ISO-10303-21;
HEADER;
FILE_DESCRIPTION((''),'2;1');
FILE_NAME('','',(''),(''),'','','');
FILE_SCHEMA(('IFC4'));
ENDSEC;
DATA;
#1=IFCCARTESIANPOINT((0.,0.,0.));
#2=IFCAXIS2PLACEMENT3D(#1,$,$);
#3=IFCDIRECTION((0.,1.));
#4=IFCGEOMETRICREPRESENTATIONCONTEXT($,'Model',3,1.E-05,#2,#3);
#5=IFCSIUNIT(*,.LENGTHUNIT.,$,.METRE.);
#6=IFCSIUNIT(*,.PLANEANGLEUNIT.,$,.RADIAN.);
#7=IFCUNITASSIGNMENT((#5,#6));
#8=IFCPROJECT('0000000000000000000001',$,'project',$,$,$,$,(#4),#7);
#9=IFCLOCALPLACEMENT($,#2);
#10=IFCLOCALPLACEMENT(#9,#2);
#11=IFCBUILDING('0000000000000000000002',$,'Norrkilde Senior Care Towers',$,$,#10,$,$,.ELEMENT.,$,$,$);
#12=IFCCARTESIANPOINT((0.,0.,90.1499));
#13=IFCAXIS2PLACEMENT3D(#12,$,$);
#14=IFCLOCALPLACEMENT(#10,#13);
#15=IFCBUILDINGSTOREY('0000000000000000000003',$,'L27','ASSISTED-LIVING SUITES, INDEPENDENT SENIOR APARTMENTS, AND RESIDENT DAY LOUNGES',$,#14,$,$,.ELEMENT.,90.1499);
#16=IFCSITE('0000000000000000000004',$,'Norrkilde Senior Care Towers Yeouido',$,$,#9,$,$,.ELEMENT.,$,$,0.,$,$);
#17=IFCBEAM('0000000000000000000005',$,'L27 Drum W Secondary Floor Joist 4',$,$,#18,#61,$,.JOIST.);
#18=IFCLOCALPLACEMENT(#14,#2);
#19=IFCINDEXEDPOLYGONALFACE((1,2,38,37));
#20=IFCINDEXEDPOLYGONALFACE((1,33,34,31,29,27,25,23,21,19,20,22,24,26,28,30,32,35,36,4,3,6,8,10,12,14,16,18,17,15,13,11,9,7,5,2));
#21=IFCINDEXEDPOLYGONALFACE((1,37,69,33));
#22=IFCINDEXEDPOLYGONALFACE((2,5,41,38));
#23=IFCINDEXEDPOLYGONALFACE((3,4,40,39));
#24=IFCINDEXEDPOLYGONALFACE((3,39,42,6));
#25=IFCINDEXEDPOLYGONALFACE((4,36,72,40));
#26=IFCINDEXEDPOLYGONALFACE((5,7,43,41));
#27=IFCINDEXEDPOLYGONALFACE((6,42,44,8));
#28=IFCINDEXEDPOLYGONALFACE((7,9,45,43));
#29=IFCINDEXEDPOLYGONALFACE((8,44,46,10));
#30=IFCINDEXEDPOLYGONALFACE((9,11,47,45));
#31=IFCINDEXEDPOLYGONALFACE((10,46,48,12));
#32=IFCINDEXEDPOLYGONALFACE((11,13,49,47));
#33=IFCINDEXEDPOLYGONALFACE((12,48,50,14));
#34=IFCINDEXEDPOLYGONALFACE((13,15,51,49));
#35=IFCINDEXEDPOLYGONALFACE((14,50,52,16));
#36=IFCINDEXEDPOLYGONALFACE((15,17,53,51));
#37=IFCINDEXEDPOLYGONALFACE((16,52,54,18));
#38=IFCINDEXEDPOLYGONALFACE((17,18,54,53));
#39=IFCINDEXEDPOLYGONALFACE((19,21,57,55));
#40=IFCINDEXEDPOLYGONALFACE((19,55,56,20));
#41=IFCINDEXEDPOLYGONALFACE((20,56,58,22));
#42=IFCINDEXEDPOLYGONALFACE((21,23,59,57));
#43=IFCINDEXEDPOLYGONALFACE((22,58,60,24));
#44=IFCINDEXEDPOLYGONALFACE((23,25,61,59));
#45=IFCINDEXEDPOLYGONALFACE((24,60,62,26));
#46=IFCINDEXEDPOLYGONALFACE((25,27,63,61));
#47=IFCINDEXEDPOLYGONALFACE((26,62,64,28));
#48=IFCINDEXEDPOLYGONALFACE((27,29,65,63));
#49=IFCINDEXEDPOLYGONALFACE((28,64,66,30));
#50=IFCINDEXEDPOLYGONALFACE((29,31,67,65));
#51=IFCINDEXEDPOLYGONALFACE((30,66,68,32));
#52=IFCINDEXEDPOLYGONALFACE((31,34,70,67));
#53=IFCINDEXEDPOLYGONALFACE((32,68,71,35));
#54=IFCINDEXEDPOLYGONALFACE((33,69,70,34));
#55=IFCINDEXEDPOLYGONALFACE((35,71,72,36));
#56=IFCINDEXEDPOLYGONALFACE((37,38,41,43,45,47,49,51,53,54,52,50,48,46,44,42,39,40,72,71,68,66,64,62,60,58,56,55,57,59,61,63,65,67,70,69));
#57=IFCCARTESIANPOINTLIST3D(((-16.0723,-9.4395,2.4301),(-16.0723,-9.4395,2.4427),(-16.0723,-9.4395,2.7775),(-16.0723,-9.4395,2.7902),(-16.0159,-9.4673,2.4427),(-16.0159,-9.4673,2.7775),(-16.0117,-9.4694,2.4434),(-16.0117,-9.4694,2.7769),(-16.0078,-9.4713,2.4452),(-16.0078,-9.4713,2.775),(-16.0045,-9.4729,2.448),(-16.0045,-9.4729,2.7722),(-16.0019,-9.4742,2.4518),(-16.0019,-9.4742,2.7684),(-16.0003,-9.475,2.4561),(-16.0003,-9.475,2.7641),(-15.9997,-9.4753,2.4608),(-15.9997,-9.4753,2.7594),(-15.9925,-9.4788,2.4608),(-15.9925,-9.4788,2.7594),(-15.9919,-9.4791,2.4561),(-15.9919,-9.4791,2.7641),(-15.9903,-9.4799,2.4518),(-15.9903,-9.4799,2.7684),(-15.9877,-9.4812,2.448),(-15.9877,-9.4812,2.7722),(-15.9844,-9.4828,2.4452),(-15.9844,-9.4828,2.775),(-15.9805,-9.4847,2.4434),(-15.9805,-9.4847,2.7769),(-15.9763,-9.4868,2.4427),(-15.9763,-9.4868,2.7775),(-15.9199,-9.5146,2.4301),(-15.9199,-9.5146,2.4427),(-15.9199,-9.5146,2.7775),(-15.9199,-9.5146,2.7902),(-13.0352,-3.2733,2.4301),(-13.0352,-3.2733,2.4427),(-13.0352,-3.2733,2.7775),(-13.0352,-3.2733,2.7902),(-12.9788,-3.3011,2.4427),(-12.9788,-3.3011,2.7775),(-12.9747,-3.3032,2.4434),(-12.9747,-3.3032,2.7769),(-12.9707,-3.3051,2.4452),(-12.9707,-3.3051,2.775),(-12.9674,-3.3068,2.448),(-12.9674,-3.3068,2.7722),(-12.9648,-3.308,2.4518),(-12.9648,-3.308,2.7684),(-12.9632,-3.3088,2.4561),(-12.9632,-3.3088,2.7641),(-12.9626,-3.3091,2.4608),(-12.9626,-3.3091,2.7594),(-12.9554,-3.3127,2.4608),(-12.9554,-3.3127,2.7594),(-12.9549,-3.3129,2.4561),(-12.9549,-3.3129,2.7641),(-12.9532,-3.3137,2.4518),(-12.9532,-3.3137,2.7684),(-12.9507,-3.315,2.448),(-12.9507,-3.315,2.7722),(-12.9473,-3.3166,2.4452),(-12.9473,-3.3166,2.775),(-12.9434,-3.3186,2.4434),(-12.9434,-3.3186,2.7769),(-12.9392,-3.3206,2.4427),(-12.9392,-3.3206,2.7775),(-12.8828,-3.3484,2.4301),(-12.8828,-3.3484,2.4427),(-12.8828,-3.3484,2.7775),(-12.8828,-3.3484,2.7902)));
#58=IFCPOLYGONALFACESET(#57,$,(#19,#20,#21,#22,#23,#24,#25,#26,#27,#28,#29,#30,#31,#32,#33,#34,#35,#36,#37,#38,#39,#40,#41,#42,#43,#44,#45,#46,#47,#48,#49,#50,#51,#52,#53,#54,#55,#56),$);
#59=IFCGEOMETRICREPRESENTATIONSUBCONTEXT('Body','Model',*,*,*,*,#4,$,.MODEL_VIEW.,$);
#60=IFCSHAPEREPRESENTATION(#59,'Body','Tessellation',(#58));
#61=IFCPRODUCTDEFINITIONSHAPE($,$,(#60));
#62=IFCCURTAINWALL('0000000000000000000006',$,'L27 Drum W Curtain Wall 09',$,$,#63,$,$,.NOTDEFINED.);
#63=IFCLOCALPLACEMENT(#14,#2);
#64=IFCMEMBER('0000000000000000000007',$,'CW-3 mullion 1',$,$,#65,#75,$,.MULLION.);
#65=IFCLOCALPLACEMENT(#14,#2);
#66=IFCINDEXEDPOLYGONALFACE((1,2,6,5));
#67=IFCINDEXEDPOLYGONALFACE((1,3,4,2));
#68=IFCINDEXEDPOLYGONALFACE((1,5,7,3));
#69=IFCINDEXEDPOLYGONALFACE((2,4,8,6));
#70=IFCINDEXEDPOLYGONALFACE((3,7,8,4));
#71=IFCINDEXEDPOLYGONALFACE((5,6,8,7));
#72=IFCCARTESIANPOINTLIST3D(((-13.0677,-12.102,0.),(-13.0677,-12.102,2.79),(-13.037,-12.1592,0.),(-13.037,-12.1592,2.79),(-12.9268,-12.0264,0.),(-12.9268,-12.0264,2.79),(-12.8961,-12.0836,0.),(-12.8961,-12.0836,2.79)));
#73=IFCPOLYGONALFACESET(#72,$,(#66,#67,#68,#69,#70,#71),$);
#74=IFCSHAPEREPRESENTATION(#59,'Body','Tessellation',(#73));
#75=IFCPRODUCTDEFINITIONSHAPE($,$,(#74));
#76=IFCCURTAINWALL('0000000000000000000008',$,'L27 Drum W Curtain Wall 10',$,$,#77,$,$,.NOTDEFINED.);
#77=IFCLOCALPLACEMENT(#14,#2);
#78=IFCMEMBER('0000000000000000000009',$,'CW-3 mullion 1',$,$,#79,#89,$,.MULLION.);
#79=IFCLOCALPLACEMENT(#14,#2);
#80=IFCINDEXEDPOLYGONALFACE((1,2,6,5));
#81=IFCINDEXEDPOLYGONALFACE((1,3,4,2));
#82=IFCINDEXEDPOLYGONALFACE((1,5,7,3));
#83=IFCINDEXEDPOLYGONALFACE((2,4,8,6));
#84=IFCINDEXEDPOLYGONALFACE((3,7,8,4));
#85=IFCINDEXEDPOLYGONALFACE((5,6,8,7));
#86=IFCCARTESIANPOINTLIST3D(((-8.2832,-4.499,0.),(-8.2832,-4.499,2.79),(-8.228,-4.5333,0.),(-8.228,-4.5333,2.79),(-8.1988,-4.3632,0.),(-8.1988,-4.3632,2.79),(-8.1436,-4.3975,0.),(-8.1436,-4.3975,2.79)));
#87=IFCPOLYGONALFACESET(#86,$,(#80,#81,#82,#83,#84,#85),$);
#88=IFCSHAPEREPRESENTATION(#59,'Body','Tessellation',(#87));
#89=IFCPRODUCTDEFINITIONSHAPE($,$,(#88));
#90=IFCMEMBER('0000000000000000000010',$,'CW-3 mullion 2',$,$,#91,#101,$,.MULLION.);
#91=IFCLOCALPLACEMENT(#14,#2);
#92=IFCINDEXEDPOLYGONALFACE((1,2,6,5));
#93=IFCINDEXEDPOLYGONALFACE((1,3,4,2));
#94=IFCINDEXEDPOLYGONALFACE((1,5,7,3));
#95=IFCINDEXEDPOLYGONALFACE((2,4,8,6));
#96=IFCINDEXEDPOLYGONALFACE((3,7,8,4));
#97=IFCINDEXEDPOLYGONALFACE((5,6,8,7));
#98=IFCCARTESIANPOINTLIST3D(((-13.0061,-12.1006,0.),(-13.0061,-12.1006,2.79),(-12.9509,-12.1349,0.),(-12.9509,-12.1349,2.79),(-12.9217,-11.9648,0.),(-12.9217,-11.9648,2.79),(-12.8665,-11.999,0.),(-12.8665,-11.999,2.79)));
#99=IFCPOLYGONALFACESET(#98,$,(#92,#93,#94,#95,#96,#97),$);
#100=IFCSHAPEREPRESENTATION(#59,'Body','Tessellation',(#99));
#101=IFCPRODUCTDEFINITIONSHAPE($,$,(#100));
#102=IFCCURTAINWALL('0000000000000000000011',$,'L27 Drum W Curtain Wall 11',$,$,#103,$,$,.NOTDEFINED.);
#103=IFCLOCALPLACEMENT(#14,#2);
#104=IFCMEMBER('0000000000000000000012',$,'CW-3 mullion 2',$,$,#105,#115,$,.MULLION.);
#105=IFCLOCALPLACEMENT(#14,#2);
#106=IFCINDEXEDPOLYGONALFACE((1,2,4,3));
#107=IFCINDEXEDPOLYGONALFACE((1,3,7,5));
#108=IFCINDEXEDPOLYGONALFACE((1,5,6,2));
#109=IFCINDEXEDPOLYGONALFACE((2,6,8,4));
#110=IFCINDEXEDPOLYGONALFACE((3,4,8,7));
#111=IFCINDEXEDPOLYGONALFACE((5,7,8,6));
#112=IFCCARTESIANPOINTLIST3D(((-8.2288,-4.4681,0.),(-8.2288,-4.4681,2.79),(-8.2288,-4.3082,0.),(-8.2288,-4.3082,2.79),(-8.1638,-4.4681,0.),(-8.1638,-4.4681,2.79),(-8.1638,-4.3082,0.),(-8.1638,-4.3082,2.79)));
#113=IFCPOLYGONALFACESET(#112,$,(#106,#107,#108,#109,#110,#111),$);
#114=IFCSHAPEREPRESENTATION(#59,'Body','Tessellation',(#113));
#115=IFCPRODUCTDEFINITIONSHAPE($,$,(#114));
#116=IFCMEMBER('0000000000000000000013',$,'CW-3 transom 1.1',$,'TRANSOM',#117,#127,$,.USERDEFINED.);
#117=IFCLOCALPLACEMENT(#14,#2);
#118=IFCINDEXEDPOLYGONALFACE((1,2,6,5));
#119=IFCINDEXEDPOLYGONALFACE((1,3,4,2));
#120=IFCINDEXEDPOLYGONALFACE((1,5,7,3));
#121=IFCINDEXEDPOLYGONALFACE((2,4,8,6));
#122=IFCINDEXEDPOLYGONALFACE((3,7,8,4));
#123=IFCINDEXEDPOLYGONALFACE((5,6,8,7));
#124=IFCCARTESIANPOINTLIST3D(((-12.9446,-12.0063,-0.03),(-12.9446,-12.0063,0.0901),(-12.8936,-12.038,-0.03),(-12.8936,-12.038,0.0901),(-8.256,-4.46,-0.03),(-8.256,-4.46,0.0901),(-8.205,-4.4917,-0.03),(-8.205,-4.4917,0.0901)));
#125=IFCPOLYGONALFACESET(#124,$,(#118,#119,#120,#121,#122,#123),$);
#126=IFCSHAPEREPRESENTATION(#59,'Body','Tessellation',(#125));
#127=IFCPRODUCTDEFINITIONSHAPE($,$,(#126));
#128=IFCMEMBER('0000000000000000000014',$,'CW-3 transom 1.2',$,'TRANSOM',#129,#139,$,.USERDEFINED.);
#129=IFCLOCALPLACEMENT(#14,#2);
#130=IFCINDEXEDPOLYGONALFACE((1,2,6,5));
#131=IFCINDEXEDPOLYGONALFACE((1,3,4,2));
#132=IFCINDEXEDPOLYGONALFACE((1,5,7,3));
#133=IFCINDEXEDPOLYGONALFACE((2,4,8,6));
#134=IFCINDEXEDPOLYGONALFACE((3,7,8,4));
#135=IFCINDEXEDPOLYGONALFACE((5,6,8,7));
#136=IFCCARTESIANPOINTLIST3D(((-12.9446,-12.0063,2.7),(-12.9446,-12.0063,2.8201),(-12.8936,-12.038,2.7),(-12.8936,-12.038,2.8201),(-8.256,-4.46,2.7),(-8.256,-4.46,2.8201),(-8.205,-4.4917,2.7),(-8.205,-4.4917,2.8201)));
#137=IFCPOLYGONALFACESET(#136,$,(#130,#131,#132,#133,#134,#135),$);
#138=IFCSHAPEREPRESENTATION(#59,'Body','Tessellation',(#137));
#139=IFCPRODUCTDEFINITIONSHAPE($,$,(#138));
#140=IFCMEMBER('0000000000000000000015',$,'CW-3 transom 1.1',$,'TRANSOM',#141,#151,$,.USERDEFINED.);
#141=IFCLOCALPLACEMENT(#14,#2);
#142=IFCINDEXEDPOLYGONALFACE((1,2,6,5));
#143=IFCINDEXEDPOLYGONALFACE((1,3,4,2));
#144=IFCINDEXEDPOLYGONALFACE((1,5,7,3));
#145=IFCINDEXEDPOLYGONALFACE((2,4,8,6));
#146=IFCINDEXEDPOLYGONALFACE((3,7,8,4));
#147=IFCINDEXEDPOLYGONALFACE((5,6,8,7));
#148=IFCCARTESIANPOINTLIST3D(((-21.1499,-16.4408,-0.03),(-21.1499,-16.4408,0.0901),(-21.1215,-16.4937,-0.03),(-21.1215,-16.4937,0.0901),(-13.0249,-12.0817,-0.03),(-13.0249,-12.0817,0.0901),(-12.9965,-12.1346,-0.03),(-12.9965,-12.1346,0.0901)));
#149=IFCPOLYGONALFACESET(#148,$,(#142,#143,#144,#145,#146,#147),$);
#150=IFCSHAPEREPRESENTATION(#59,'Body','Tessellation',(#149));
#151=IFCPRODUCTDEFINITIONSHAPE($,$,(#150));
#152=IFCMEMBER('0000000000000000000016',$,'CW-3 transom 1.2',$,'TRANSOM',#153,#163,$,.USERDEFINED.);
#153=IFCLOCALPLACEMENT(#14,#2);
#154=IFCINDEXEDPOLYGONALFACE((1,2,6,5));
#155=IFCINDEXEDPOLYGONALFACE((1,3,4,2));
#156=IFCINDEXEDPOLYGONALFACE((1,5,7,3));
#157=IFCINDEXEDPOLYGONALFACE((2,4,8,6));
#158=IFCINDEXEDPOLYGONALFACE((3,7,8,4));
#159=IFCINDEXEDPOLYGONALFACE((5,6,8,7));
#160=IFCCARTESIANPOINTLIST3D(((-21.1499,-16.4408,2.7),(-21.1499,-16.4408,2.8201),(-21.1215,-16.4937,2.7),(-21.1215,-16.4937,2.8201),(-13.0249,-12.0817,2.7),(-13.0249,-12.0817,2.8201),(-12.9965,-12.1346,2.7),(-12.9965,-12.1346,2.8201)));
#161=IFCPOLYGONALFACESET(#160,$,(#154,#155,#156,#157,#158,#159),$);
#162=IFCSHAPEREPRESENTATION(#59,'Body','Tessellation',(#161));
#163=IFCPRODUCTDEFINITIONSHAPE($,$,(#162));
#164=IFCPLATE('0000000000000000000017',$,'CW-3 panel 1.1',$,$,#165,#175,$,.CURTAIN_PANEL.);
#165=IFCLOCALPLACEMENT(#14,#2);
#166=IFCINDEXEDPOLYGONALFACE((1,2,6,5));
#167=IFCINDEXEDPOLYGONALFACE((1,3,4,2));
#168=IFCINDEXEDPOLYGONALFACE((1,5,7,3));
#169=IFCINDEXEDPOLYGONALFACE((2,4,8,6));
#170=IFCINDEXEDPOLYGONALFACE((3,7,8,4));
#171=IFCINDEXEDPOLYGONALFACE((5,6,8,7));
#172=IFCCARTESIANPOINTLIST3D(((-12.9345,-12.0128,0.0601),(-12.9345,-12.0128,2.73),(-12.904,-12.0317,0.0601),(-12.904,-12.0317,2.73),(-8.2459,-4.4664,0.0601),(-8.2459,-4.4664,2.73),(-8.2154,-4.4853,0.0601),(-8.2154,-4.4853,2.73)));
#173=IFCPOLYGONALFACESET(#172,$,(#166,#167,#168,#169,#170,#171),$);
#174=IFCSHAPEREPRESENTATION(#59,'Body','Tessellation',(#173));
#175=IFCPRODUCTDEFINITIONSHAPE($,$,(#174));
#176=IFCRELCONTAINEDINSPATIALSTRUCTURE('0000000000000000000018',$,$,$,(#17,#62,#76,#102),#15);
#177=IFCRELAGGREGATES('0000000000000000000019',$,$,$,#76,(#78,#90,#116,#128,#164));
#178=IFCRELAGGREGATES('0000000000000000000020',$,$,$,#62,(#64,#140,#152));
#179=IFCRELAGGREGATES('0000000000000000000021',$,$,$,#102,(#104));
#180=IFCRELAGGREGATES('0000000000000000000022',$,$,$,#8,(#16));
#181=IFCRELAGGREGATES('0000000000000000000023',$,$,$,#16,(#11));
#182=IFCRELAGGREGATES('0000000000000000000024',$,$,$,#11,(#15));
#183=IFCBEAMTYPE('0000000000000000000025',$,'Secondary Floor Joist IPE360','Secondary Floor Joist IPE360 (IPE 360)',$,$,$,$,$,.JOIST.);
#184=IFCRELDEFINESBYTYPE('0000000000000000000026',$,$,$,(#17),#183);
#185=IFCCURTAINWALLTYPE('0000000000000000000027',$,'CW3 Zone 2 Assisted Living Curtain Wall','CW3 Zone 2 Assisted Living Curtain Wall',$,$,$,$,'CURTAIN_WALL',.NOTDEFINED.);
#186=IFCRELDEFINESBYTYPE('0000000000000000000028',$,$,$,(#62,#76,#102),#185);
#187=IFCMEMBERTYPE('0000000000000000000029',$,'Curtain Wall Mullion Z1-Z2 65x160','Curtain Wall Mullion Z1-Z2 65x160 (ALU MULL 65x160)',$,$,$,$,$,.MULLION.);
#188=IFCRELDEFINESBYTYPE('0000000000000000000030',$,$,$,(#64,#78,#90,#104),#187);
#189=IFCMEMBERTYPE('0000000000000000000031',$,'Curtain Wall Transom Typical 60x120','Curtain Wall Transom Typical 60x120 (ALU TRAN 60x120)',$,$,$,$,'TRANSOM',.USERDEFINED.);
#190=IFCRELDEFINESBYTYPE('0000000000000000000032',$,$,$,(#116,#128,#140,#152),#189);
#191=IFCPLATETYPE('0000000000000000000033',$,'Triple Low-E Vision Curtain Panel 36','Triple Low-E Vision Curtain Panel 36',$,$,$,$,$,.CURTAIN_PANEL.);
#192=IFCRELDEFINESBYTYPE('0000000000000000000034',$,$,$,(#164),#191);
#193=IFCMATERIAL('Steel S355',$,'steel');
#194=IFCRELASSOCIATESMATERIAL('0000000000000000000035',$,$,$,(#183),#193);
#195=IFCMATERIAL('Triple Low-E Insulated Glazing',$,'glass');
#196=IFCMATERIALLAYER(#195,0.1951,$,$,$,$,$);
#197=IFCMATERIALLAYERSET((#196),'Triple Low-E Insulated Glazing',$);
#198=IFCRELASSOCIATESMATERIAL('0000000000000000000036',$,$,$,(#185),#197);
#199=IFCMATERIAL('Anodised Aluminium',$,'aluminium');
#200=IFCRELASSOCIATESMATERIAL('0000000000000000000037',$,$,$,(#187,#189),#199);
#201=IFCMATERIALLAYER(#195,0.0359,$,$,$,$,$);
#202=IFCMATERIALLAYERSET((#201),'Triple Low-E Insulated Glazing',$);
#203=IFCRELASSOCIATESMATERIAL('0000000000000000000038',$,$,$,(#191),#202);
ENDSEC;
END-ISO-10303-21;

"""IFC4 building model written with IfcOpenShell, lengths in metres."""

from ifc_helpers import new_model, si_unit, direction, frame, origin, origin_2d, place, context, subcontext, project, spatial, rectangle, i_section, extrude, source, transform, mapped, material, layer, layer_set, material_profile, profile_set, type_object, type_shapes, element, aggregate, save


model = new_model("IFC4")

# Units and contexts
model_context = context("Model", 3, precision=1e-05, world=origin(), true_north=direction((0.0, 1.0)))
body_context = subcontext(model_context, "Body", "Model", "MODEL_VIEW")
ifc_project = project(units=[si_unit("LENGTHUNIT", "METRE"), si_unit("PLANEANGLEUNIT", "RADIAN")], contexts=[model_context])

# Site, building, storey
site_placement = place(None, origin())
site = spatial("IfcSite", under=ifc_project, at=site_placement, Name="Norrkilde Senior Care Towers Yeouido", CompositionType="ELEMENT", RefElevation=0.0)
building_placement = place(site_placement, origin())
building = spatial("IfcBuilding", under=site, at=building_placement, Name="Norrkilde Senior Care Towers", CompositionType="ELEMENT")
storey_placement = place(building_placement, frame((0.0, 0.0, 90.1499)))
storey = spatial("IfcBuildingStorey", under=building, at=storey_placement, Name="L27", Description="ASSISTED-LIVING SUITES, INDEPENDENT SENIOR APARTMENTS, AND RESIDENT DAY LOUNGES", CompositionType="ELEMENT", Elevation=90.1499)

# Beam
ifc_material_1 = material(Name="Steel S355", Category="steel")
ifc_material_profile_1 = material_profile(ifc_material_1, i_section(OverallWidth=0.1699, OverallDepth=0.3601, WebThickness=0.0081, FlangeThickness=0.0127, FilletRadius=0.0181, at=origin_2d()), Name="IPE 360")
ifc_profile_set_1 = profile_set([ifc_material_profile_1], Name="Steel S355")
beam_type_1 = type_object("IfcBeamType", Name="Secondary Floor Joist IPE360", Description="Secondary Floor Joist IPE360 (IPE 360)", PredefinedType="JOIST", material=ifc_profile_set_1)
shared_shape_1 = source(origin(), body_context, "Body", "SweptSolid", [
    extrude(i_section(OverallWidth=0.1699, OverallDepth=0.3601, WebThickness=0.0081, FlangeThickness=0.0127, FilletRadius=0.0181, at=origin_2d()), origin(), (0.0, 0.0, 1.0), 6.8735),
])
type_shapes(beam_type_1, [shared_shape_1])
beam_1_placement = place(storey_placement, frame((-15.9961, -9.4771, 2.6101), z_axis=(0.441849, 0.897089, 0.0), x_axis=(-0.897089, 0.441849, 0.0)))
element("IfcBeam", 1, at=beam_1_placement, inside=storey, type_object=beam_type_1, Name="L27 Drum W Secondary Floor Joist 4", PredefinedType="JOIST", context=body_context, shape_type="MappedRepresentation", body=[
    mapped(shared_shape_1, transform((0.0, 0.0, 0.0), x_axis=(1.0, 0.0, 0.0), y_axis=(0.0, 1.0, 0.0), z_axis=(0.0, 0.0, 1.0), scale=1.0)),
])

# Curtain wall, member
ifc_material_2 = material(Name="Triple Low-E Insulated Glazing", Category="glass")
ifc_layer_1 = layer(ifc_material_2, 0.1951)
ifc_layer_set_1 = layer_set([ifc_layer_1], Name="Triple Low-E Insulated Glazing")
curtain_wall_type = type_object("IfcCurtainWallType", Name="CW3 Zone 2 Assisted Living Curtain Wall", Description="CW3 Zone 2 Assisted Living Curtain Wall", ElementType="CURTAIN_WALL", PredefinedType="NOTDEFINED", material=ifc_layer_set_1)
curtain_wall_1_placement = place(storey_placement, origin())
curtain_wall_1 = element("IfcCurtainWall", 2, at=curtain_wall_1_placement, inside=storey, type_object=curtain_wall_type, Name="L27 Drum W Curtain Wall 09", PredefinedType="NOTDEFINED")
ifc_material_3 = material(Name="Anodised Aluminium", Category="aluminium")
ifc_material_profile_2 = material_profile(ifc_material_3, rectangle(XDim=0.0649, YDim=0.1599, at=origin_2d()), Name="ALU MULL 65x160")
ifc_profile_set_2 = profile_set([ifc_material_profile_2], Name="Anodised Aluminium")
member_type_1 = type_object("IfcMemberType", Name="Curtain Wall Mullion Z1-Z2 65x160", Description="Curtain Wall Mullion Z1-Z2 65x160 (ALU MULL 65x160)", PredefinedType="MULLION", material=ifc_profile_set_2)
shared_shape_2 = source(origin(), body_context, "Body", "SweptSolid", [
    extrude(rectangle(XDim=0.0649, YDim=0.1599, at=origin_2d()), origin(), (0.0, 0.0, 1.0), 2.79),
])
type_shapes(member_type_1, [shared_shape_2])
member_1_placement = place(storey_placement, frame((-12.9819, -12.0928, 0.0), z_axis=(0.0, 0.0, 1.0), x_axis=(0.472769, -0.881186, 0.0)))
member_1 = element("IfcMember", 3, at=member_1_placement, type_object=member_type_1, Name="CW-3 mullion 1", PredefinedType="MULLION", context=body_context, shape_type="MappedRepresentation", body=[
    mapped(shared_shape_2, transform((0.0, 0.0, 0.0), x_axis=(1.0, 0.0, 0.0), y_axis=(0.0, 1.0, 0.0), z_axis=(0.0, 0.0, 1.0), scale=1.0)),
])

# Curtain wall, members
curtain_wall_2_placement = place(storey_placement, origin())
curtain_wall_2 = element("IfcCurtainWall", 4, at=curtain_wall_2_placement, inside=storey, type_object=curtain_wall_type, Name="L27 Drum W Curtain Wall 10", PredefinedType="NOTDEFINED")
member_2_placement = place(storey_placement, frame((-8.2134, -4.4482, 0.0), z_axis=(0.0, 0.0, 1.0), x_axis=(0.84941, -0.527733, 0.0)))
member_2 = element("IfcMember", 5, at=member_2_placement, type_object=member_type_1, Name="CW-3 mullion 1", PredefinedType="MULLION", context=body_context, shape_type="MappedRepresentation", body=[
    mapped(shared_shape_2, transform((0.0, 0.0, 0.0), x_axis=(1.0, 0.0, 0.0), y_axis=(0.0, 1.0, 0.0), z_axis=(0.0, 0.0, 1.0), scale=1.0)),
])
member_3_placement = place(storey_placement, frame((-12.9363, -12.0498, 0.0), z_axis=(0.0, 0.0, 1.0), x_axis=(0.84941, -0.527733, 0.0)))
member_3 = element("IfcMember", 6, at=member_3_placement, type_object=member_type_1, Name="CW-3 mullion 2", PredefinedType="MULLION", context=body_context, shape_type="MappedRepresentation", body=[
    mapped(shared_shape_2, transform((0.0, 0.0, 0.0), x_axis=(1.0, 0.0, 0.0), y_axis=(0.0, 1.0, 0.0), z_axis=(0.0, 0.0, 1.0), scale=1.0)),
])

# Curtain wall, member
curtain_wall_3_placement = place(storey_placement, origin())
curtain_wall_3 = element("IfcCurtainWall", 7, at=curtain_wall_3_placement, inside=storey, type_object=curtain_wall_type, Name="L27 Drum W Curtain Wall 11", PredefinedType="NOTDEFINED")
member_4_placement = place(storey_placement, frame((-8.1963, -4.3882, 0.0), z_axis=(0.0, 0.0, 1.0), x_axis=(1.0, 0.0, 0.0)))
member_4 = element("IfcMember", 8, at=member_4_placement, type_object=member_type_1, Name="CW-3 mullion 2", PredefinedType="MULLION", context=body_context, shape_type="MappedRepresentation", body=[
    mapped(shared_shape_2, transform((0.0, 0.0, 0.0), x_axis=(1.0, 0.0, 0.0), y_axis=(0.0, 1.0, 0.0), z_axis=(0.0, 0.0, 1.0), scale=1.0)),
])

# Members
ifc_material_profile_3 = material_profile(ifc_material_3, rectangle(XDim=0.0601, YDim=0.1201, at=origin_2d()), Name="ALU TRAN 60x120")
ifc_profile_set_3 = profile_set([ifc_material_profile_3], Name="Anodised Aluminium")
member_type_2 = type_object("IfcMemberType", Name="Curtain Wall Transom Typical 60x120", Description="Curtain Wall Transom Typical 60x120 (ALU TRAN 60x120)", ElementType="TRANSOM", PredefinedType="USERDEFINED", material=ifc_profile_set_3)
shared_shape_3 = source(origin(), body_context, "Body", "SweptSolid", [
    extrude(rectangle(XDim=0.0601, YDim=0.1201, at=origin_2d()), origin(), (0.0, 0.0, 1.0), 8.8843),
])
member_5_placement = place(storey_placement, frame((-8.2305, -4.4758, 0.03), z_axis=(-0.527749, -0.8494, 0.0), x_axis=(0.8494, -0.527749, 0.0)))
member_5 = element("IfcMember", 9, at=member_5_placement, type_object=member_type_2, Name="CW-3 transom 1.1", ObjectType="TRANSOM", PredefinedType="USERDEFINED", context=body_context, shape_type="MappedRepresentation", body=[
    mapped(shared_shape_3, transform((0.0, 0.0, 0.0), x_axis=(1.0, 0.0, 0.0), y_axis=(0.0, 1.0, 0.0), z_axis=(0.0, 0.0, 1.0), scale=1.0)),
])
member_6_placement = place(storey_placement, frame((-8.2305, -4.4758, 2.76), z_axis=(-0.527749, -0.8494, 0.0), x_axis=(0.8494, -0.527749, 0.0)))
member_6 = element("IfcMember", 10, at=member_6_placement, type_object=member_type_2, Name="CW-3 transom 1.2", ObjectType="TRANSOM", PredefinedType="USERDEFINED", context=body_context, shape_type="MappedRepresentation", body=[
    mapped(shared_shape_3, transform((0.0, 0.0, 0.0), x_axis=(1.0, 0.0, 0.0), y_axis=(0.0, 1.0, 0.0), z_axis=(0.0, 0.0, 1.0), scale=1.0)),
])
shared_shape_4 = source(origin(), body_context, "Body", "SweptSolid", [
    extrude(rectangle(XDim=0.0601, YDim=0.1201, at=origin_2d()), origin(), (0.0, 0.0, 1.0), 9.2205),
])
type_shapes(member_type_2, [shared_shape_3, shared_shape_4])
member_7_placement = place(storey_placement, frame((-13.0107, -12.1082, 0.03), z_axis=(-0.881189, -0.472765, 0.0), x_axis=(0.472765, -0.881189, 0.0)))
member_7 = element("IfcMember", 11, at=member_7_placement, type_object=member_type_2, Name="CW-3 transom 1.1", ObjectType="TRANSOM", PredefinedType="USERDEFINED", context=body_context, shape_type="MappedRepresentation", body=[
    mapped(shared_shape_4, transform((0.0, 0.0, 0.0), x_axis=(1.0, 0.0, 0.0), y_axis=(0.0, 1.0, 0.0), z_axis=(0.0, 0.0, 1.0), scale=1.0)),
])
member_8_placement = place(storey_placement, frame((-13.0107, -12.1082, 2.76), z_axis=(-0.881189, -0.472765, 0.0), x_axis=(0.472765, -0.881189, 0.0)))
member_8 = element("IfcMember", 12, at=member_8_placement, type_object=member_type_2, Name="CW-3 transom 1.2", ObjectType="TRANSOM", PredefinedType="USERDEFINED", context=body_context, shape_type="MappedRepresentation", body=[
    mapped(shared_shape_4, transform((0.0, 0.0, 0.0), x_axis=(1.0, 0.0, 0.0), y_axis=(0.0, 1.0, 0.0), z_axis=(0.0, 0.0, 1.0), scale=1.0)),
])

# Plate
ifc_layer_2 = layer(ifc_material_2, 0.0359)
ifc_layer_set_2 = layer_set([ifc_layer_2], Name="Triple Low-E Insulated Glazing")
plate_type = type_object("IfcPlateType", Name="Triple Low-E Vision Curtain Panel 36", Description="Triple Low-E Vision Curtain Panel 36", PredefinedType="CURTAIN_PANEL", material=ifc_layer_set_2)
shared_shape_5 = source(origin(), body_context, "Body", "SweptSolid", [
    extrude(rectangle(XDim=8.8843, YDim=0.0359, at=origin_2d()), origin(), (0.0, 0.0, 1.0), 2.6699),
])
plate_1_placement = place(storey_placement, frame((-10.575, -8.249, 0.0601), z_axis=(0.0, 0.0, 1.0), x_axis=(-0.527733, -0.84941, 0.0)))
plate_1 = element("IfcPlate", 13, at=plate_1_placement, type_object=plate_type, Name="CW-3 panel 1.1", PredefinedType="CURTAIN_PANEL", context=body_context, shape_type="MappedRepresentation", body=[
    mapped(shared_shape_5, transform((0.0, 0.0, 0.0), x_axis=(1.0, 0.0, 0.0), y_axis=(0.0, 1.0, 0.0), z_axis=(0.0, 0.0, 1.0), scale=1.0)),
])
aggregate(curtain_wall_2, [member_2, member_3, member_5, member_6, plate_1])
aggregate(curtain_wall_1, [member_1, member_7, member_8])
aggregate(curtain_wall_3, [member_4])

save(model, "model.ifc")
